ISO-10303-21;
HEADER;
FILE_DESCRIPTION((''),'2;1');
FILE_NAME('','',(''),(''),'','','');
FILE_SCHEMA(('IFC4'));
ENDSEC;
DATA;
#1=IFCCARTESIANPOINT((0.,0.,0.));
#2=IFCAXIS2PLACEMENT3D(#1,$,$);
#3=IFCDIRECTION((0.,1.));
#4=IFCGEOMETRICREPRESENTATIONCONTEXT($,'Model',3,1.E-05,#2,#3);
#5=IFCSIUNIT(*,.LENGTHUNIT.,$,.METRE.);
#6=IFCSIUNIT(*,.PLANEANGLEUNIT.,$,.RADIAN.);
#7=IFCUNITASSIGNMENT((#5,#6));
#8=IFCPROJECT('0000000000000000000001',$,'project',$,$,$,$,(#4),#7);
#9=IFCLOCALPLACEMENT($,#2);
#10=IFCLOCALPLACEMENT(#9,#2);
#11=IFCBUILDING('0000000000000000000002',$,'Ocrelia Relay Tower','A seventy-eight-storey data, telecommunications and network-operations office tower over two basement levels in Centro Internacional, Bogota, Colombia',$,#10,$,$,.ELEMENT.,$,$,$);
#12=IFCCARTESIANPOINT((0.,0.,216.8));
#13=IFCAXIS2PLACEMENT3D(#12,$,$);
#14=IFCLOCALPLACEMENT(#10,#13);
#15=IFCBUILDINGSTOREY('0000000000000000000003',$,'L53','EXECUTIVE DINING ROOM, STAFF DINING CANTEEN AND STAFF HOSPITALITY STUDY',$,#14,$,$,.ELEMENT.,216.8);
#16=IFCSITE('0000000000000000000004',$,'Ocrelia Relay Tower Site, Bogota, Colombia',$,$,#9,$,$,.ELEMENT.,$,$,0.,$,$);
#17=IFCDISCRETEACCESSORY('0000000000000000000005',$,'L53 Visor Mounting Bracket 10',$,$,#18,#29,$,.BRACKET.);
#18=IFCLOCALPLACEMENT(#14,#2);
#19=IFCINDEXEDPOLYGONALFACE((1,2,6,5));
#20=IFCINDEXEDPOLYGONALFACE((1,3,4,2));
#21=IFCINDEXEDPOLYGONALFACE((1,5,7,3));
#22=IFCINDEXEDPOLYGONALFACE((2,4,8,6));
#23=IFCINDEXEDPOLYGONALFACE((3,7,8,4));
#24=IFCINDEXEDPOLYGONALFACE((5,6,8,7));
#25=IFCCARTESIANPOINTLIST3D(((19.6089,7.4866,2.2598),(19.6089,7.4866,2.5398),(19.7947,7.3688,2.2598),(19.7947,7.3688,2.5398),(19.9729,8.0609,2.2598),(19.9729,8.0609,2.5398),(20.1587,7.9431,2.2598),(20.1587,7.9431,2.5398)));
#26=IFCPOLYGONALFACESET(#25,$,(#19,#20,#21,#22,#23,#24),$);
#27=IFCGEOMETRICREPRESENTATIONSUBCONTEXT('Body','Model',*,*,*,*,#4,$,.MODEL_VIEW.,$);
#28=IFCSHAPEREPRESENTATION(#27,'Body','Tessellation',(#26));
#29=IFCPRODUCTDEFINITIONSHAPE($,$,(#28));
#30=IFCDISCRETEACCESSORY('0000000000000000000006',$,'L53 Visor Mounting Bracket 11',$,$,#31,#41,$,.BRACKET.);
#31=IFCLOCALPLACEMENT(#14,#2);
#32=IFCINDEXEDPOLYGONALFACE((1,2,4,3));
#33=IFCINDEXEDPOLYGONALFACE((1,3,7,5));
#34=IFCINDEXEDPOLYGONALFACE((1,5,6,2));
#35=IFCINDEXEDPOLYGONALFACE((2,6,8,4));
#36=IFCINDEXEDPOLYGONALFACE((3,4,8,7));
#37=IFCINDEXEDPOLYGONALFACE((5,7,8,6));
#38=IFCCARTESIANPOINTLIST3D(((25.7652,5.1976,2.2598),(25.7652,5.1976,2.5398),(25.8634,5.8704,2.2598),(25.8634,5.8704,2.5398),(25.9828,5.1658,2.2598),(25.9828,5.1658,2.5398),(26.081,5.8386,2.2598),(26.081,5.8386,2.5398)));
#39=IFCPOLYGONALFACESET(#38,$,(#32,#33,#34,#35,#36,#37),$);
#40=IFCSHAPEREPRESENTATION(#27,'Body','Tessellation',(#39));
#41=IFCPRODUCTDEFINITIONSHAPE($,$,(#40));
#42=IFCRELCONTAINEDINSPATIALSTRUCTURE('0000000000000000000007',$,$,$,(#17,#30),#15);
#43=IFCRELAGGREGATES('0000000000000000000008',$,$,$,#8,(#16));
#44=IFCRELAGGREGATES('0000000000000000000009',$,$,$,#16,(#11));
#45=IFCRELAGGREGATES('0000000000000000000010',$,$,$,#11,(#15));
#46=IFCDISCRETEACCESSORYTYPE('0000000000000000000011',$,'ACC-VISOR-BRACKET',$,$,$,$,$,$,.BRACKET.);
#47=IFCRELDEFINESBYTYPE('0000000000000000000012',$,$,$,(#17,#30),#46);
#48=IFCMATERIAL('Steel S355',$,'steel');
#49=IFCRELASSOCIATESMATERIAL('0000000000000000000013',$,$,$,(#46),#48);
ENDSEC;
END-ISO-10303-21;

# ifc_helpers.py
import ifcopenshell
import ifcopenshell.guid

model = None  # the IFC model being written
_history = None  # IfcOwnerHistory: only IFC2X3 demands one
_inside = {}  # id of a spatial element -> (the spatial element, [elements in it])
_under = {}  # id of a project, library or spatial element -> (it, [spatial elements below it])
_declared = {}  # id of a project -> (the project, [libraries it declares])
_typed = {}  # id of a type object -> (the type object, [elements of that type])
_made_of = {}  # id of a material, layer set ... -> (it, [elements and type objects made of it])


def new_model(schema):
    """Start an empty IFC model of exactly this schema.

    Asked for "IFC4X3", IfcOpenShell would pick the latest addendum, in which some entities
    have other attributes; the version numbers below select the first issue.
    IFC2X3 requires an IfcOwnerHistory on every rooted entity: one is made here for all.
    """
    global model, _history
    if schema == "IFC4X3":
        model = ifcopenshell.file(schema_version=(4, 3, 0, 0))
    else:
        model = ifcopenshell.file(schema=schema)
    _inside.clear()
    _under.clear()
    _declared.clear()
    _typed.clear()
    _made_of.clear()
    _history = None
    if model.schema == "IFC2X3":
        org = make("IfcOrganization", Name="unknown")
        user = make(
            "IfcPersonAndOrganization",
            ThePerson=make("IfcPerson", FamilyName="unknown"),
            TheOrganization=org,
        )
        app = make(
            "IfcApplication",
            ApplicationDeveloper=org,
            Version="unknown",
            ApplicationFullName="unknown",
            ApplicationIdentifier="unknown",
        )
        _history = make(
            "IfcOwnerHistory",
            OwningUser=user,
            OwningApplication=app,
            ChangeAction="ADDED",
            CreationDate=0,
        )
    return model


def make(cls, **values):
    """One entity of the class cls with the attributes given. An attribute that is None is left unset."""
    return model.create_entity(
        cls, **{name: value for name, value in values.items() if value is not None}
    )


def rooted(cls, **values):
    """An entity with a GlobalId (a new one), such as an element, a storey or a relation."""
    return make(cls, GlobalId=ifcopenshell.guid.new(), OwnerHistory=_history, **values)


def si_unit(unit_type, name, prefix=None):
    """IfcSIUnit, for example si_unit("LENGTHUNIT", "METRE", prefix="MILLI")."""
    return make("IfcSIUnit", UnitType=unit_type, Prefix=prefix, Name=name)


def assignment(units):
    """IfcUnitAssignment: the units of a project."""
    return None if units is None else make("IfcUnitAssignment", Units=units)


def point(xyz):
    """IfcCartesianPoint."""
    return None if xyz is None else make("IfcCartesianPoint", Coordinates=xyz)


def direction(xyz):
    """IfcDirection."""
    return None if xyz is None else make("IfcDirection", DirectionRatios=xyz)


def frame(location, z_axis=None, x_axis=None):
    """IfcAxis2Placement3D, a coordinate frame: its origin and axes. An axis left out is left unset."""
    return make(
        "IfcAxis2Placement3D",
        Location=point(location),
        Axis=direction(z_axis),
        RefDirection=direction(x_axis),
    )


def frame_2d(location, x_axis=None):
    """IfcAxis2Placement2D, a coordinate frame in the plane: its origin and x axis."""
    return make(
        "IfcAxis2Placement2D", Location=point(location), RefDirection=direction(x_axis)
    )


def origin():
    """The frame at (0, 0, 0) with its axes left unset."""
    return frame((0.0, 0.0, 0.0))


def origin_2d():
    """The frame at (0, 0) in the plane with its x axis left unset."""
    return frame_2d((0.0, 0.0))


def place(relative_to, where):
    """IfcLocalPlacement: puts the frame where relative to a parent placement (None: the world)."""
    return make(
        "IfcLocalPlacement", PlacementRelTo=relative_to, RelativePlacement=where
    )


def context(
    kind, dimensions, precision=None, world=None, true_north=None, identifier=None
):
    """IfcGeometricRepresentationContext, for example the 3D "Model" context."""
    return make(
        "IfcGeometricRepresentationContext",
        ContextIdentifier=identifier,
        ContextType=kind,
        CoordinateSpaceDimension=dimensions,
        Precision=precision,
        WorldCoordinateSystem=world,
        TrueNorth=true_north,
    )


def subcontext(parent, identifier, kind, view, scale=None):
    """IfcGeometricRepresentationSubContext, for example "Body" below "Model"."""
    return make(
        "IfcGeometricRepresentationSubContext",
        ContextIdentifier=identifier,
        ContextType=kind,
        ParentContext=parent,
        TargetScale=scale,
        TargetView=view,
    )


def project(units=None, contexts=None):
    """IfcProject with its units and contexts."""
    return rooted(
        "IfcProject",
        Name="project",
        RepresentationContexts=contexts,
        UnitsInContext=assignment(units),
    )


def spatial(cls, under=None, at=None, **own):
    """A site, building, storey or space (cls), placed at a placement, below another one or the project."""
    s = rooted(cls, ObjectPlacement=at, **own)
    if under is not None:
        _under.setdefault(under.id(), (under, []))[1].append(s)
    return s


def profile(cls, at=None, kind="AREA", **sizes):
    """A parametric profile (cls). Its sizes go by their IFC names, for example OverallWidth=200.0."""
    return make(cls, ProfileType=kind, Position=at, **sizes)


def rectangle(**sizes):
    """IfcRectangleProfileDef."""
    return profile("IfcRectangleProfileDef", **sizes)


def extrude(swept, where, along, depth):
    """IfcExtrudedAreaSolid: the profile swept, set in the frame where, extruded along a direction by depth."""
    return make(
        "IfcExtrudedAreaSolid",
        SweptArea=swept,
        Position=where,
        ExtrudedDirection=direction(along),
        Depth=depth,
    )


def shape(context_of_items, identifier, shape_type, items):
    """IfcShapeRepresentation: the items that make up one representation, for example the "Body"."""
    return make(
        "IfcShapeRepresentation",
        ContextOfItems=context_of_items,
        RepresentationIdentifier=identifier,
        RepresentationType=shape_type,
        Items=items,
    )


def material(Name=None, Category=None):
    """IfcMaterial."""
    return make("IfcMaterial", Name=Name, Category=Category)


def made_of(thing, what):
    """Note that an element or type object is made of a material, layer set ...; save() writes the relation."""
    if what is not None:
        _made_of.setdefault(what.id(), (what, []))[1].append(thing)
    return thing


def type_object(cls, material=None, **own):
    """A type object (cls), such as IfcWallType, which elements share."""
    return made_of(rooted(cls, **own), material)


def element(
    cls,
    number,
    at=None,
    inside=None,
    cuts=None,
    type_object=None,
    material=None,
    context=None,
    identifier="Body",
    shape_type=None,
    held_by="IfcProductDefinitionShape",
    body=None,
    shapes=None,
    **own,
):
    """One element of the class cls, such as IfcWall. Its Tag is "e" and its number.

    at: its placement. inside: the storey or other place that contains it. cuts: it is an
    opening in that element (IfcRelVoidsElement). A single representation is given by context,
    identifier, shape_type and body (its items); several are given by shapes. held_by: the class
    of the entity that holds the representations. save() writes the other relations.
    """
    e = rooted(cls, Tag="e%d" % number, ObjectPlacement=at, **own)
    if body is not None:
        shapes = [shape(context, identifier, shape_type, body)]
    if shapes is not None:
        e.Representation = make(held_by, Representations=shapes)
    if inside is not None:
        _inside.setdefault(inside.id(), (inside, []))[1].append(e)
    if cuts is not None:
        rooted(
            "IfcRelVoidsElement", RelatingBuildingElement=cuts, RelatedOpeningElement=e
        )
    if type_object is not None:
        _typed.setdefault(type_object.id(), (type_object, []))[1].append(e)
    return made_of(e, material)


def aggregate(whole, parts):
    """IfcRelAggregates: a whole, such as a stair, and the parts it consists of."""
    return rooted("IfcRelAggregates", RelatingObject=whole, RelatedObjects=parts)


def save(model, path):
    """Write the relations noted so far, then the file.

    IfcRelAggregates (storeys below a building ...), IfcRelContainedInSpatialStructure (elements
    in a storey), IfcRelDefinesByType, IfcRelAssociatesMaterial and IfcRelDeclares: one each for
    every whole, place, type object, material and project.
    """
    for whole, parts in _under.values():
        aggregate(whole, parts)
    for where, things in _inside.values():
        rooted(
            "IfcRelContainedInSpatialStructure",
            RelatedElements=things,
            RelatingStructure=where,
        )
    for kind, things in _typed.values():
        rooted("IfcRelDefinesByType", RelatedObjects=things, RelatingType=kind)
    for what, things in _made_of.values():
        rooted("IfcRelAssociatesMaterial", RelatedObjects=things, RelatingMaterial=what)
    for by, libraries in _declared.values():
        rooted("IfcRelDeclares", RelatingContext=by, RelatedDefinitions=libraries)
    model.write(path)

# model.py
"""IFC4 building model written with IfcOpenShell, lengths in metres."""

from ifc_helpers import new_model, si_unit, direction, frame, origin, origin_2d, place, context, subcontext, project, spatial, rectangle, extrude, material, type_object, element, save


model = new_model("IFC4")

# Units and contexts
model_context = context("Model", 3, precision=1e-05, world=origin(), true_north=direction((0.0, 1.0)))
body_context = subcontext(model_context, "Body", "Model", "MODEL_VIEW")
ifc_project = project(units=[si_unit("LENGTHUNIT", "METRE"), si_unit("PLANEANGLEUNIT", "RADIAN")], contexts=[model_context])

# Site, building, storey
site_placement = place(None, origin())
site = spatial("IfcSite", under=ifc_project, at=site_placement, Name="Ocrelia Relay Tower Site, Bogota, Colombia", CompositionType="ELEMENT", RefElevation=0.0)
building_placement = place(site_placement, origin())
building = spatial("IfcBuilding", under=site, at=building_placement, Name="Ocrelia Relay Tower", Description="A seventy-eight-storey data, telecommunications and network-operations office tower over two basement levels in Centro Internacional, Bogota, Colombia", CompositionType="ELEMENT")
storey_placement = place(building_placement, frame((0.0, 0.0, 216.8)))
storey = spatial("IfcBuildingStorey", under=building, at=storey_placement, Name="L53", Description="EXECUTIVE DINING ROOM, STAFF DINING CANTEEN AND STAFF HOSPITALITY STUDY", CompositionType="ELEMENT", Elevation=216.8)

# Shared definitions
ifc_material_1 = material(Name="Steel S355", Category="steel")

# Discrete accessories
discrete_accessory_type = type_object("IfcDiscreteAccessoryType", Name="ACC-VISOR-BRACKET", PredefinedType="BRACKET", material=ifc_material_1)
for number, where, z_axis, x_axis, name in (
    (1, (19.8838, 7.7148, 2.2598), (0.0, 0.0, 1.0), (0.844609, -0.535383, 0.0), "L53 Visor Mounting Bracket 10"),
    (2, (25.9231, 5.5181, 2.2598), (0.0, 0.0, 1.0), (0.98951, -0.144461, 0.0), "L53 Visor Mounting Bracket 11"),
):
    element("IfcDiscreteAccessory", number, at=place(storey_placement, frame(where, z_axis=z_axis, x_axis=x_axis)), inside=storey, type_object=discrete_accessory_type, Name=name, PredefinedType="BRACKET", context=body_context, shape_type="SweptSolid", body=[
        extrude(rectangle(XDim=0.22, YDim=0.6799, at=origin_2d()), origin(), (0.0, 0.0, 1.0), 0.28),
    ])

save(model, "model.ifc")
